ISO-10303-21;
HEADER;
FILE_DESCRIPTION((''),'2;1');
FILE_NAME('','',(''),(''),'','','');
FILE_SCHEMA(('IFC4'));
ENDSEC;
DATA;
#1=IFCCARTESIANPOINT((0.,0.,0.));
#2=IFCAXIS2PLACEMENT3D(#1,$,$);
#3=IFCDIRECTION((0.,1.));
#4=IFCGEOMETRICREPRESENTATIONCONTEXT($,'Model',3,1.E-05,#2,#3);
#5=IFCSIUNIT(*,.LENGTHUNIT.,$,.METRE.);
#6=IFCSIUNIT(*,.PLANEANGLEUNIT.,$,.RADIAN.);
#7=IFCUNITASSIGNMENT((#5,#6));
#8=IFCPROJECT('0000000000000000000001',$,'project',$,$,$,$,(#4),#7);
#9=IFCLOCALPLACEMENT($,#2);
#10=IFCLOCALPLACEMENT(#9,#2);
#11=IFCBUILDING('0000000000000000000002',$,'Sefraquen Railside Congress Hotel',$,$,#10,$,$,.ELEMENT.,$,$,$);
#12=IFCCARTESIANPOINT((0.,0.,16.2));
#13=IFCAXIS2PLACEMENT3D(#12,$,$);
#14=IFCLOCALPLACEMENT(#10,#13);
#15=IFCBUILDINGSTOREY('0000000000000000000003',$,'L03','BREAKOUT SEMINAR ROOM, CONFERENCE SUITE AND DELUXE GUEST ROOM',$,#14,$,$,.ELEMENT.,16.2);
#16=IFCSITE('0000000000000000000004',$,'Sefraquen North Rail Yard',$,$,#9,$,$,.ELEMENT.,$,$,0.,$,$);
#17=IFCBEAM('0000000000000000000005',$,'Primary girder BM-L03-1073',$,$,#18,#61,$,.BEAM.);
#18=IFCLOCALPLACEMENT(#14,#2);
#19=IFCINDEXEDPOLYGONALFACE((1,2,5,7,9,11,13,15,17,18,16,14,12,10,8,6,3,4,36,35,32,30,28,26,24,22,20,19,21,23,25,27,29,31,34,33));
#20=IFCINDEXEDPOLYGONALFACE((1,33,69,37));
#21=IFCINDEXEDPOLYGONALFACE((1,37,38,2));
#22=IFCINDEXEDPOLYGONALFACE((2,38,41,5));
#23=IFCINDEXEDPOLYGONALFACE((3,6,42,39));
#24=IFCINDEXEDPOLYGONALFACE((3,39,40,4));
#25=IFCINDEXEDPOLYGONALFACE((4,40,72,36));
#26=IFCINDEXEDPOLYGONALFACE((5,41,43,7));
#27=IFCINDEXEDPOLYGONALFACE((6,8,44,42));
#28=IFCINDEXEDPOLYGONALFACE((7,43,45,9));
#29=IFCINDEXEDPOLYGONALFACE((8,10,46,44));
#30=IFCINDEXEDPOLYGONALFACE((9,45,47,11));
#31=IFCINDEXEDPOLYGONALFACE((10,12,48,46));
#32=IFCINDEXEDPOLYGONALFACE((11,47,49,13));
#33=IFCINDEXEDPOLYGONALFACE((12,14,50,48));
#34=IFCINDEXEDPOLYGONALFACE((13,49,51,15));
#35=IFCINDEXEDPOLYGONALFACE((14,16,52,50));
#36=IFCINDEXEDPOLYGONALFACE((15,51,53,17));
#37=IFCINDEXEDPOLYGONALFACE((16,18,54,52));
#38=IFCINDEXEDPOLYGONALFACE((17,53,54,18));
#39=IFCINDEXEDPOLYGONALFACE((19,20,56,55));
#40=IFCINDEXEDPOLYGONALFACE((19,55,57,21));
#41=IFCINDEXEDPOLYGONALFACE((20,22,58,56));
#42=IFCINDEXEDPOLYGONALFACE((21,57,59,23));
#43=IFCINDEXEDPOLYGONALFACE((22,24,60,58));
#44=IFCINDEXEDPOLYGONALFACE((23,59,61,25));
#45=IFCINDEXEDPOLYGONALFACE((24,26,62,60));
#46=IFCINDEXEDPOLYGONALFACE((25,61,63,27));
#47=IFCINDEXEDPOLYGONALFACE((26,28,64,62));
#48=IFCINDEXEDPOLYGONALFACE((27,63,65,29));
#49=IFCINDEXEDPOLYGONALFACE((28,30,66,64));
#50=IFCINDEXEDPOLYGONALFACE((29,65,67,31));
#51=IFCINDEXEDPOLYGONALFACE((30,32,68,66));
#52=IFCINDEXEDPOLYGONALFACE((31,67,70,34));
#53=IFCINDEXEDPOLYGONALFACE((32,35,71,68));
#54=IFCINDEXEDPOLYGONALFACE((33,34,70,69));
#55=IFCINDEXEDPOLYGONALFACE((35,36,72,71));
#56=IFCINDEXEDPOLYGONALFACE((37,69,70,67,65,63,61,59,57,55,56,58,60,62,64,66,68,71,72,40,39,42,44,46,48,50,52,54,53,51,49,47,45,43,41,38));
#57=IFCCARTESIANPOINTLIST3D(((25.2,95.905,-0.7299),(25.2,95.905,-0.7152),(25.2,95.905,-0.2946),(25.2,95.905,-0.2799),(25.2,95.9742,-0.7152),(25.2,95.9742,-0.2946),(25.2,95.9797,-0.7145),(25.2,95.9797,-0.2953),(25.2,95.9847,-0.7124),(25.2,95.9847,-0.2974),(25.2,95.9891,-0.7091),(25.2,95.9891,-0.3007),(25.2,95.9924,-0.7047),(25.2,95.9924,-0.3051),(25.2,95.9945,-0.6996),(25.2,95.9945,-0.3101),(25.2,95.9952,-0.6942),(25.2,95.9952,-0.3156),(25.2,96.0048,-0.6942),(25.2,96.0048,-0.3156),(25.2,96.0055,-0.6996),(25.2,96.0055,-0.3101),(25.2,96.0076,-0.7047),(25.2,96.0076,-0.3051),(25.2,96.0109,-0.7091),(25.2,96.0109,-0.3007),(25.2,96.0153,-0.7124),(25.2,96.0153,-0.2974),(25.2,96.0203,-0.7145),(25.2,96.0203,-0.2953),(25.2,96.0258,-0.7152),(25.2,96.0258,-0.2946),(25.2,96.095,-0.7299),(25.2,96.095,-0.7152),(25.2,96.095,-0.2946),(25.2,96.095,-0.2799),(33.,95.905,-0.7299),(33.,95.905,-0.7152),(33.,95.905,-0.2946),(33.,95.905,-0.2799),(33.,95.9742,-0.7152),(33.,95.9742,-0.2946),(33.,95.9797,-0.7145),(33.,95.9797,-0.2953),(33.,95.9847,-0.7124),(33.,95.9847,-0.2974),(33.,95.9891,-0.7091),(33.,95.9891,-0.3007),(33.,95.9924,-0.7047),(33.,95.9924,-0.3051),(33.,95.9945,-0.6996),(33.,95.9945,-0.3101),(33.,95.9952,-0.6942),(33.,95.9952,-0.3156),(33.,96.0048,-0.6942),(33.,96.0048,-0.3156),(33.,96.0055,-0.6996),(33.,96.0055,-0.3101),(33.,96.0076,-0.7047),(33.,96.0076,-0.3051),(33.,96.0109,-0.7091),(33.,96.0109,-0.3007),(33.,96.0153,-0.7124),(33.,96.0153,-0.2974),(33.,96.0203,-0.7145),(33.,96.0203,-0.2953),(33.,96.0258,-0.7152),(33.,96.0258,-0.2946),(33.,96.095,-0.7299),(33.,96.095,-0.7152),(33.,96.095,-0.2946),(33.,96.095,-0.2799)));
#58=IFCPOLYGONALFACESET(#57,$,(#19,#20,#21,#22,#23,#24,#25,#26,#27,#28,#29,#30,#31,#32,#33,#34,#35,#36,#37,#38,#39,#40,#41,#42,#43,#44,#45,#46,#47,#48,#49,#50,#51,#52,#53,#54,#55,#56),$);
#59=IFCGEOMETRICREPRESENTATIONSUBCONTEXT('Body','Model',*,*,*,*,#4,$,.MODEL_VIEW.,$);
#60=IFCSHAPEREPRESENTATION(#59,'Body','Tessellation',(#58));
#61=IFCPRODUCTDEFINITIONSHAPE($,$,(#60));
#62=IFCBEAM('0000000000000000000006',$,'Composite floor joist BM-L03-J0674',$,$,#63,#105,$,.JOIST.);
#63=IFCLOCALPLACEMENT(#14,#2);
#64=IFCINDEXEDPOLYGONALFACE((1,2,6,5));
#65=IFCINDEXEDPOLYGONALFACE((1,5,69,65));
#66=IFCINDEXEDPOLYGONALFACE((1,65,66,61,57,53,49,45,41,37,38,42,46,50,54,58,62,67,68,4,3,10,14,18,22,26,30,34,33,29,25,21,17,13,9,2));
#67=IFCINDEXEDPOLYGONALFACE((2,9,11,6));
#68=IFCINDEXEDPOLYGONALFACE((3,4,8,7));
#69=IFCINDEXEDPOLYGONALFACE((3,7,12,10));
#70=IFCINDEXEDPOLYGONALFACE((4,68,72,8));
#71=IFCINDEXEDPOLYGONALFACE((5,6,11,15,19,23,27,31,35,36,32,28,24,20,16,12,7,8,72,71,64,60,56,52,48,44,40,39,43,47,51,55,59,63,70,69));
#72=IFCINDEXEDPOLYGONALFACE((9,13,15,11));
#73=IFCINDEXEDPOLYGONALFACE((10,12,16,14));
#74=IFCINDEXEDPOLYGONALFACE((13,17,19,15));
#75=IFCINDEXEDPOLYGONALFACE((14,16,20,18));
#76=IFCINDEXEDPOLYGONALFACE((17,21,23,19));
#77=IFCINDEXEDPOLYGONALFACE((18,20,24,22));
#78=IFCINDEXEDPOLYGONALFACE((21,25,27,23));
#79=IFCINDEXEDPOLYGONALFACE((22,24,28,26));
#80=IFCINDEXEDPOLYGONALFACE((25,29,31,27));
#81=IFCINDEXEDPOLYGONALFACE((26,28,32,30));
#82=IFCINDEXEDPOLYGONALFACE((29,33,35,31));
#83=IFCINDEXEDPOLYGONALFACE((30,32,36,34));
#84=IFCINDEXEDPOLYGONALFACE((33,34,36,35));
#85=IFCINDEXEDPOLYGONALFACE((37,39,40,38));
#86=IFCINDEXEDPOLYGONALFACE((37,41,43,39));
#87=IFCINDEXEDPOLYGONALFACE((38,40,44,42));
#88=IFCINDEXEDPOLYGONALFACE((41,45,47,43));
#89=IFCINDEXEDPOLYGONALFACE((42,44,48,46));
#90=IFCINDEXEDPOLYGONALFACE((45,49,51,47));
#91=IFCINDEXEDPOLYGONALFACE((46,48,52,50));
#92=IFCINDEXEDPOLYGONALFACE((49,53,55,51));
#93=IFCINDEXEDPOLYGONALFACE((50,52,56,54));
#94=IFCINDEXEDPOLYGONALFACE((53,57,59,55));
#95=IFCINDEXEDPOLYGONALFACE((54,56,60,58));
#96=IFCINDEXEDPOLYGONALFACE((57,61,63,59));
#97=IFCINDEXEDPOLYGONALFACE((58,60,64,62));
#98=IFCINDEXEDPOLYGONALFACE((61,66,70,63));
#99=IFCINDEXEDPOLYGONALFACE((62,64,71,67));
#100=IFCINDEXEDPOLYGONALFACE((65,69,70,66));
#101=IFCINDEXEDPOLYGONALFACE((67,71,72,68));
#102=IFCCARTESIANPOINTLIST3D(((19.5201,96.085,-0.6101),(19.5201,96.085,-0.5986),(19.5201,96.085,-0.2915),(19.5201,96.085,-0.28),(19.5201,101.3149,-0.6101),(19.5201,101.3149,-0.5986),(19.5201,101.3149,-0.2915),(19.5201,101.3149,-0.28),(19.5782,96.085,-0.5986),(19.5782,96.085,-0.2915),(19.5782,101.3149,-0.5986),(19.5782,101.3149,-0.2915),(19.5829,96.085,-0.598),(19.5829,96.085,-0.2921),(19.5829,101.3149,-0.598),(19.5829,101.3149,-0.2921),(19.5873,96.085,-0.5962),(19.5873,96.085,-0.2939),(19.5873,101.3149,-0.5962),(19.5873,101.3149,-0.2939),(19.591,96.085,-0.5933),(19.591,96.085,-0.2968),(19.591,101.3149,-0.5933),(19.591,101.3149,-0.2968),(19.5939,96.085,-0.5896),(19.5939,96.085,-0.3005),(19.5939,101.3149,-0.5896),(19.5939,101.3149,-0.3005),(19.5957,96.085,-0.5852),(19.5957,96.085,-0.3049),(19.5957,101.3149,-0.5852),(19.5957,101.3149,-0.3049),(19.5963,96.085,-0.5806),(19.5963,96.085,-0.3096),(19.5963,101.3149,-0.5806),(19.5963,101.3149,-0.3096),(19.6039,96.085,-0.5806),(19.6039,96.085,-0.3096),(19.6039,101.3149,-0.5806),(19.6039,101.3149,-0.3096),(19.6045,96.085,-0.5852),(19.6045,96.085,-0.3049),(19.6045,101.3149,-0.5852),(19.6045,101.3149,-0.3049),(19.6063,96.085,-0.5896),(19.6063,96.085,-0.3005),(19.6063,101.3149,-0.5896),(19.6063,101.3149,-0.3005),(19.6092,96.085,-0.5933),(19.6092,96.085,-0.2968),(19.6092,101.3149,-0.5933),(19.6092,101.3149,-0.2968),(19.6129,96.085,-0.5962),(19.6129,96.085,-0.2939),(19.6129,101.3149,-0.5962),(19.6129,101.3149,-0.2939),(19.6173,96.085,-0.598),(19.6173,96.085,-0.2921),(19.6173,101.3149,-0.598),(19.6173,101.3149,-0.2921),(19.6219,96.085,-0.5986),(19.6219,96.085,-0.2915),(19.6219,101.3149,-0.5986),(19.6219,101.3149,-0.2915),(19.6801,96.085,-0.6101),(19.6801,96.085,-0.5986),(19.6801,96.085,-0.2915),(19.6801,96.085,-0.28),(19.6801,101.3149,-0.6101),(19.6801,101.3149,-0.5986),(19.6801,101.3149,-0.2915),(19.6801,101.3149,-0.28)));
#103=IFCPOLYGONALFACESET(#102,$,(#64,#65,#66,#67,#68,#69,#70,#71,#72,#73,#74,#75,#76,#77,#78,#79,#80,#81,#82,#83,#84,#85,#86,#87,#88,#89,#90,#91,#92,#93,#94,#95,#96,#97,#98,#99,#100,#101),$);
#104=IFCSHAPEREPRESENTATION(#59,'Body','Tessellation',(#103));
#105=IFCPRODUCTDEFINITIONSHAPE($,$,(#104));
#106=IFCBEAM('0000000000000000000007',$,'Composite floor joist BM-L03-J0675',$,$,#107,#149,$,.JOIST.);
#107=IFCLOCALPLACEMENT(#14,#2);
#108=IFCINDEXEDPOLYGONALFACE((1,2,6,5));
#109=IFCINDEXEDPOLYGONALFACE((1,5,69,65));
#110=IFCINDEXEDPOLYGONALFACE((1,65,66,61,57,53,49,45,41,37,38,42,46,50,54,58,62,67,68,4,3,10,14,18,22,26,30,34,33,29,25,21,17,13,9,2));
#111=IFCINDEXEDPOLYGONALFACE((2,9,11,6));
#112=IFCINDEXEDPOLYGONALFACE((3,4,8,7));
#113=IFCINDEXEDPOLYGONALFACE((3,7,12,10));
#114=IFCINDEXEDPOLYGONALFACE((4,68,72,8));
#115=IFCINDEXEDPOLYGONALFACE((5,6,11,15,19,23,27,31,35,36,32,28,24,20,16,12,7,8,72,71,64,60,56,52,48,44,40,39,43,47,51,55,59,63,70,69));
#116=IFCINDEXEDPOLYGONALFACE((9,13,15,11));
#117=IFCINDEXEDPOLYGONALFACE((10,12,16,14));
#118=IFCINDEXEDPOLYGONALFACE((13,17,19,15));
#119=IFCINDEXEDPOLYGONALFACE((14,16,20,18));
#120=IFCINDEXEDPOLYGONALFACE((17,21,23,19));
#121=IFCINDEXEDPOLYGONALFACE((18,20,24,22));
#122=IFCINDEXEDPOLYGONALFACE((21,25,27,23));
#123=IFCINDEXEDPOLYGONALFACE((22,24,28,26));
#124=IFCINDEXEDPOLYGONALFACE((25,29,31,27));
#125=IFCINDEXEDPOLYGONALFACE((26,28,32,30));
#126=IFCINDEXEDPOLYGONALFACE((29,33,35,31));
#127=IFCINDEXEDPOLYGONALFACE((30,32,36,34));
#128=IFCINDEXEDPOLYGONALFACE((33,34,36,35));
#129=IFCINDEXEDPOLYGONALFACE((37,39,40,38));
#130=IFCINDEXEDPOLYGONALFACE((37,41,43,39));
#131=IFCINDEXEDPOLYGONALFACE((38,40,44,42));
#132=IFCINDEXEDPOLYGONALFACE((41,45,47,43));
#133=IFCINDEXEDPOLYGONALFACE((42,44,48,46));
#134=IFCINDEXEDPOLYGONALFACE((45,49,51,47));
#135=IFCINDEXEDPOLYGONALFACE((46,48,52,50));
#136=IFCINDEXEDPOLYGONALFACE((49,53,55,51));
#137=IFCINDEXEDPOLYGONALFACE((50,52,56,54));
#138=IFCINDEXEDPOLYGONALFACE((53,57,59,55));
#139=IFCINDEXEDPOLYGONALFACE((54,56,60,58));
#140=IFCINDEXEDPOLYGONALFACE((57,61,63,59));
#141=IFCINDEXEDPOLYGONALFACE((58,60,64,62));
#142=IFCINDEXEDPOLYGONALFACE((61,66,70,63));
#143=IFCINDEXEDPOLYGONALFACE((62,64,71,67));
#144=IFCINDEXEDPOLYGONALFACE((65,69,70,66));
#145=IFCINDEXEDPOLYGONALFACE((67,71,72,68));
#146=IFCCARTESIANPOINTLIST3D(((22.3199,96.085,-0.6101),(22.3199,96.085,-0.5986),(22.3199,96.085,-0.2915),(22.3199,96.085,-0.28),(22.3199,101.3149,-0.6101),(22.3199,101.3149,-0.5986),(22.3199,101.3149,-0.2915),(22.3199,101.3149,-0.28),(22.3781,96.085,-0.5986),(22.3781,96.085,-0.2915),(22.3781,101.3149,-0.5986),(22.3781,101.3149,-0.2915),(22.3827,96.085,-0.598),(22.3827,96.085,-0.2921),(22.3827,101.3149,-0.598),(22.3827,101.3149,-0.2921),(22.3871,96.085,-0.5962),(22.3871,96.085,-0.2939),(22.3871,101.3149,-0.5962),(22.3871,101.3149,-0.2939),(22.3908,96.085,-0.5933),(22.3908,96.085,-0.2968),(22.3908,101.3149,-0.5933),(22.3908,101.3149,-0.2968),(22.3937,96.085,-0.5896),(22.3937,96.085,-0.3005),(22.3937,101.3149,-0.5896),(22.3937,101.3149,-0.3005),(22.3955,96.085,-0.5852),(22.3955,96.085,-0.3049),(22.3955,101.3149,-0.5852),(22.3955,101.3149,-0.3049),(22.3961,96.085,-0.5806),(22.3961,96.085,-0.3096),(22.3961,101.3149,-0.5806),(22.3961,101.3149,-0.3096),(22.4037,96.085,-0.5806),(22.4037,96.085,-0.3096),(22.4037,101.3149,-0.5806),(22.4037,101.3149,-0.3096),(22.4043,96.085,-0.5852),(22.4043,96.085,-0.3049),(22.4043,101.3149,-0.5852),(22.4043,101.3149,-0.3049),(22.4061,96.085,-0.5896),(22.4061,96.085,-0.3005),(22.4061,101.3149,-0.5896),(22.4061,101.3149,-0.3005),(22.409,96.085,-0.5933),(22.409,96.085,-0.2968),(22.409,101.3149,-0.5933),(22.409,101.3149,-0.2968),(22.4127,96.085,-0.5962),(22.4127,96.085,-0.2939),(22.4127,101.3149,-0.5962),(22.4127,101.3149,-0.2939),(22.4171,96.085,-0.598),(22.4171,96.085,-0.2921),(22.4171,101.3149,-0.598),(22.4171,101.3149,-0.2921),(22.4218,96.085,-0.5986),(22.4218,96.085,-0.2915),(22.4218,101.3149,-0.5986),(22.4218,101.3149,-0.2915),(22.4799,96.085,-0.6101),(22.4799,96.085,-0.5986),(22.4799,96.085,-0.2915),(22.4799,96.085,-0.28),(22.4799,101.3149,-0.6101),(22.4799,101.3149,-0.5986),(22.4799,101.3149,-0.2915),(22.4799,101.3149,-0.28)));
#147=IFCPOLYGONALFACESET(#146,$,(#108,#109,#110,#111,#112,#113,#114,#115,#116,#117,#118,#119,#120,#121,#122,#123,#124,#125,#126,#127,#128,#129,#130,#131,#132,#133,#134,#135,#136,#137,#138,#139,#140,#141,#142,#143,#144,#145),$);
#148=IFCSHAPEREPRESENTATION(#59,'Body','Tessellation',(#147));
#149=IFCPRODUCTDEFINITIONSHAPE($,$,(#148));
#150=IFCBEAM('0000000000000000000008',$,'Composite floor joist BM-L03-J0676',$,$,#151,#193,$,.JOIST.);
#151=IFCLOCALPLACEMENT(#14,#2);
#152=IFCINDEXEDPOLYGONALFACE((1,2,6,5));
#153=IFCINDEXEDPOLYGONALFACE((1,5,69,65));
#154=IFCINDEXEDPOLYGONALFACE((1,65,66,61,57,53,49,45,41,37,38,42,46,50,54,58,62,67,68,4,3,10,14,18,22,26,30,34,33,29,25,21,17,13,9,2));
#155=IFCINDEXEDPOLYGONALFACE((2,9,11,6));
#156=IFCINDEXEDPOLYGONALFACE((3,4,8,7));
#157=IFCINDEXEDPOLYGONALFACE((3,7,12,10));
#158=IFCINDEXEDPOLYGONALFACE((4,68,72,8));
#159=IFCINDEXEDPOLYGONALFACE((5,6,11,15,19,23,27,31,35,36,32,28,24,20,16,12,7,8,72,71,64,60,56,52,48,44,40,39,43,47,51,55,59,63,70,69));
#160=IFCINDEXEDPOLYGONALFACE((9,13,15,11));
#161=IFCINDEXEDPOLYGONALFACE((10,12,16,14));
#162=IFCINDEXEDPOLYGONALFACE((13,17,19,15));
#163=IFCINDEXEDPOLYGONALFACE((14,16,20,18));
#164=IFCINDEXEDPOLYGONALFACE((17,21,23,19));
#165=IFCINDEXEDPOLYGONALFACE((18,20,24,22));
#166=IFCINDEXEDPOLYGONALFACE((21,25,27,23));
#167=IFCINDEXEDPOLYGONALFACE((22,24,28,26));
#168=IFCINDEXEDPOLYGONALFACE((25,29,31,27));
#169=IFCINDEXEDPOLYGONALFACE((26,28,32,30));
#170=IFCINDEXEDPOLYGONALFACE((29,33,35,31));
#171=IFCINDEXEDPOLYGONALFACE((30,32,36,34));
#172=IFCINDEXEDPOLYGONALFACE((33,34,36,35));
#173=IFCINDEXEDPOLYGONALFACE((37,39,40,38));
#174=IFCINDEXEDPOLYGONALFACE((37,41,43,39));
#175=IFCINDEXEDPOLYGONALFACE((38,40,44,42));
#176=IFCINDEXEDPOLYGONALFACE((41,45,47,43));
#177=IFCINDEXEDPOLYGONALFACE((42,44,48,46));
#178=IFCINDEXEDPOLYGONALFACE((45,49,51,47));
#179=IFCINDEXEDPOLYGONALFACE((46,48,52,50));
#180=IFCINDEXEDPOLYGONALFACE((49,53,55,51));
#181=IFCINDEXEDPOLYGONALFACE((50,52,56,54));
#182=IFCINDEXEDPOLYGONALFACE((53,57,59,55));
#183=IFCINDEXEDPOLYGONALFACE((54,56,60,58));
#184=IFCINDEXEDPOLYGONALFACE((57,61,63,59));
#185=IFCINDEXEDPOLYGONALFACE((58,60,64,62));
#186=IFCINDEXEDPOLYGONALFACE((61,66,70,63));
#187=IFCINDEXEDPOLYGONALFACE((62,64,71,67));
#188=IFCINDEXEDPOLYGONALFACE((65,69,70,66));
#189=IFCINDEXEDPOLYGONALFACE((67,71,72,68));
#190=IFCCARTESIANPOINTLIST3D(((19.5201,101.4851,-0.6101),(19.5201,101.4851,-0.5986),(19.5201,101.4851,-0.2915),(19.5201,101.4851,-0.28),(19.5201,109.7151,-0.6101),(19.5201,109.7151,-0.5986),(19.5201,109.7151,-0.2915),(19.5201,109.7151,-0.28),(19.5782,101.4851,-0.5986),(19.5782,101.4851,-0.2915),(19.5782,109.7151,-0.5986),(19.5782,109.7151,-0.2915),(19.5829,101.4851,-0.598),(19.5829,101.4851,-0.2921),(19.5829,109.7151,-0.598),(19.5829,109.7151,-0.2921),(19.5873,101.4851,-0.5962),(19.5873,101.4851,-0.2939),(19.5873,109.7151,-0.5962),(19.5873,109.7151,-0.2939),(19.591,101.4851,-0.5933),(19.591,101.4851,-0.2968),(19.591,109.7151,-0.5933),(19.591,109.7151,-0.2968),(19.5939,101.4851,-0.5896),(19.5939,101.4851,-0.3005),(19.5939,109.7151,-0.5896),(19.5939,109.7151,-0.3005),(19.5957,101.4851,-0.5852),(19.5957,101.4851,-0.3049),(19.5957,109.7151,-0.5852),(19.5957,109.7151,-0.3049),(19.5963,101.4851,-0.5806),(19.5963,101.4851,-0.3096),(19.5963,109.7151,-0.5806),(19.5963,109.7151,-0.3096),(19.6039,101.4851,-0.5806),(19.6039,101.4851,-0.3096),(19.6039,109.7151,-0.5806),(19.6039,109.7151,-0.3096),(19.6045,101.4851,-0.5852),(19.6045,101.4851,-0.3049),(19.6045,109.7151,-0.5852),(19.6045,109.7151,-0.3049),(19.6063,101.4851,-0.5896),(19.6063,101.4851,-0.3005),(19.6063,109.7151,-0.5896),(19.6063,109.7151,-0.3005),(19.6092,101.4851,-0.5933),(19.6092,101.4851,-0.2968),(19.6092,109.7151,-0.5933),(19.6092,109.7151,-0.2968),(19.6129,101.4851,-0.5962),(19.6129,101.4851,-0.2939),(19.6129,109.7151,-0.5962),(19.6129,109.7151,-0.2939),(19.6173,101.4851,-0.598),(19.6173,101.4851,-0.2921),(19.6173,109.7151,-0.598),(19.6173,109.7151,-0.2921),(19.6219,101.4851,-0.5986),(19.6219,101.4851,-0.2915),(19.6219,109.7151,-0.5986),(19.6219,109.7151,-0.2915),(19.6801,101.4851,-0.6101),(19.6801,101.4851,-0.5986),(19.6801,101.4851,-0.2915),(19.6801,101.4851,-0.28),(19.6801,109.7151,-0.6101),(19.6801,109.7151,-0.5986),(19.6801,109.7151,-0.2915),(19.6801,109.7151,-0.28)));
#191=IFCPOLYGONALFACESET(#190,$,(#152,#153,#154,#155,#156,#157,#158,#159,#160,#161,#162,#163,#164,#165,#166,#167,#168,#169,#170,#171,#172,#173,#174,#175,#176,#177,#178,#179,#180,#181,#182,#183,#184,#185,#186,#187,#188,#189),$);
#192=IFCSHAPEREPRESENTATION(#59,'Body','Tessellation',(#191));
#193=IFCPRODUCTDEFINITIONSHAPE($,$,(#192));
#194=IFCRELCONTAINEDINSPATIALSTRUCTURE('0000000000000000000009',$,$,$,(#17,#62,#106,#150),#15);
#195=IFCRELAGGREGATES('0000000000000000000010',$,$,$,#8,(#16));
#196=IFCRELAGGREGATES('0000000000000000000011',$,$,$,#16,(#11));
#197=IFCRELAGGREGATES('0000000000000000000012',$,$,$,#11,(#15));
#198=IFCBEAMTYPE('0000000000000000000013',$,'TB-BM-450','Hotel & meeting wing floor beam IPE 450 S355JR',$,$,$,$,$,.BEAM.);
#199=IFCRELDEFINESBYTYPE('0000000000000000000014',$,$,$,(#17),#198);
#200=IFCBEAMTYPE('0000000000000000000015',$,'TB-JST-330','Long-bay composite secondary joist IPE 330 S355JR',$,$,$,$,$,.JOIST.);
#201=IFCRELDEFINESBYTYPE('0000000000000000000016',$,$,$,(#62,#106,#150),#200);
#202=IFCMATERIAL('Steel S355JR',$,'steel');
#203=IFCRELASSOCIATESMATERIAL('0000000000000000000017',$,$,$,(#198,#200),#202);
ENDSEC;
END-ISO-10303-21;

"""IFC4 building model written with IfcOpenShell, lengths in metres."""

from ifc_helpers import new_model, si_unit, direction, frame, origin, origin_2d, place, context, subcontext, project, spatial, i_section, extrude, material, material_profile, profile_set, type_object, element, save


model = new_model("IFC4")

# Units and contexts
model_context = context("Model", 3, precision=1e-05, world=origin(), true_north=direction((0.0, 1.0)))
body_context = subcontext(model_context, "Body", "Model", "MODEL_VIEW")
ifc_project = project(units=[si_unit("LENGTHUNIT", "METRE"), si_unit("PLANEANGLEUNIT", "RADIAN")], contexts=[model_context])

# Site, building, storey
site_placement = place(None, origin())
site = spatial("IfcSite", under=ifc_project, at=site_placement, Name="Sefraquen North Rail Yard", CompositionType="ELEMENT", RefElevation=0.0)
building_placement = place(site_placement, origin())
building = spatial("IfcBuilding", under=site, at=building_placement, Name="Sefraquen Railside Congress Hotel", CompositionType="ELEMENT")
storey_placement = place(building_placement, frame((0.0, 0.0, 16.2)))
storey = spatial("IfcBuildingStorey", under=building, at=storey_placement, Name="L03", Description="BREAKOUT SEMINAR ROOM, CONFERENCE SUITE AND DELUXE GUEST ROOM", CompositionType="ELEMENT", Elevation=16.2)

# Shared definitions
ifc_material_1 = material(Name="Steel S355JR", Category="steel")

# Beams
ifc_material_profile_1 = material_profile(ifc_material_1, i_section(OverallWidth=0.1899, OverallDepth=0.45, WebThickness=0.0095, FlangeThickness=0.0146, FilletRadius=0.021, at=origin_2d()), Name="IPE 450")
ifc_profile_set_1 = profile_set([ifc_material_profile_1], Name="Steel S355JR")
beam_type_1 = type_object("IfcBeamType", Name="TB-BM-450", Description="Hotel & meeting wing floor beam IPE 450 S355JR", PredefinedType="BEAM", material=ifc_profile_set_1)
beam_1_placement = place(storey_placement, frame((25.2, 96.0, -0.5049), z_axis=(1.0, 0.0, 0.0), x_axis=(0.0, 1.0, 0.0)))
element("IfcBeam", 1, at=beam_1_placement, inside=storey, type_object=beam_type_1, Name="Primary girder BM-L03-1073", PredefinedType="BEAM", context=body_context, shape_type="SweptSolid", body=[
    extrude(i_section(OverallWidth=0.1899, OverallDepth=0.45, WebThickness=0.0095, FlangeThickness=0.0146, FilletRadius=0.021, at=origin_2d()), origin(), (0.0, 0.0, 1.0), 7.8),
])
ifc_material_profile_2 = material_profile(ifc_material_1, i_section(OverallWidth=0.1599, OverallDepth=0.3301, WebThickness=0.0076, FlangeThickness=0.0115, FilletRadius=0.0181, at=origin_2d()), Name="IPE 330")
ifc_profile_set_2 = profile_set([ifc_material_profile_2], Name="Steel S355JR")
beam_type_2 = type_object("IfcBeamType", Name="TB-JST-330", Description="Long-bay composite secondary joist IPE 330 S355JR", PredefinedType="JOIST", material=ifc_profile_set_2)
for number, where, z_axis, x_axis, name in (
    (2, (19.6001, 96.085, -0.4451), (0.0, 1.0, 0.0), (-1.0, 0.0, 0.0), "Composite floor joist BM-L03-J0674"),
    (3, (22.3999, 96.085, -0.4451), (0.0, 1.0, 0.0), (-1.0, 0.0, 0.0), "Composite floor joist BM-L03-J0675"),
):
    element("IfcBeam", number, at=place(storey_placement, frame(where, z_axis=z_axis, x_axis=x_axis)), inside=storey, type_object=beam_type_2, Name=name, PredefinedType="JOIST", context=body_context, shape_type="SweptSolid", body=[
        extrude(i_section(OverallWidth=0.1599, OverallDepth=0.3301, WebThickness=0.0076, FlangeThickness=0.0115, FilletRadius=0.0181, at=origin_2d()), origin(), (0.0, 0.0, 1.0), 5.23),
    ])
for number, where, z_axis, x_axis, name in (
    (4, (19.6001, 101.4851, -0.4451), (0.0, 1.0, 0.0), (-1.0, 0.0, 0.0), "Composite floor joist BM-L03-J0676"),
):
    element("IfcBeam", number, at=place(storey_placement, frame(where, z_axis=z_axis, x_axis=x_axis)), inside=storey, type_object=beam_type_2, Name=name, PredefinedType="JOIST", context=body_context, shape_type="SweptSolid", body=[
        extrude(i_section(OverallWidth=0.1599, OverallDepth=0.3301, WebThickness=0.0076, FlangeThickness=0.0115, FilletRadius=0.0181, at=origin_2d()), origin(), (0.0, 0.0, 1.0), 8.23),
    ])

save(model, "model.ifc")
